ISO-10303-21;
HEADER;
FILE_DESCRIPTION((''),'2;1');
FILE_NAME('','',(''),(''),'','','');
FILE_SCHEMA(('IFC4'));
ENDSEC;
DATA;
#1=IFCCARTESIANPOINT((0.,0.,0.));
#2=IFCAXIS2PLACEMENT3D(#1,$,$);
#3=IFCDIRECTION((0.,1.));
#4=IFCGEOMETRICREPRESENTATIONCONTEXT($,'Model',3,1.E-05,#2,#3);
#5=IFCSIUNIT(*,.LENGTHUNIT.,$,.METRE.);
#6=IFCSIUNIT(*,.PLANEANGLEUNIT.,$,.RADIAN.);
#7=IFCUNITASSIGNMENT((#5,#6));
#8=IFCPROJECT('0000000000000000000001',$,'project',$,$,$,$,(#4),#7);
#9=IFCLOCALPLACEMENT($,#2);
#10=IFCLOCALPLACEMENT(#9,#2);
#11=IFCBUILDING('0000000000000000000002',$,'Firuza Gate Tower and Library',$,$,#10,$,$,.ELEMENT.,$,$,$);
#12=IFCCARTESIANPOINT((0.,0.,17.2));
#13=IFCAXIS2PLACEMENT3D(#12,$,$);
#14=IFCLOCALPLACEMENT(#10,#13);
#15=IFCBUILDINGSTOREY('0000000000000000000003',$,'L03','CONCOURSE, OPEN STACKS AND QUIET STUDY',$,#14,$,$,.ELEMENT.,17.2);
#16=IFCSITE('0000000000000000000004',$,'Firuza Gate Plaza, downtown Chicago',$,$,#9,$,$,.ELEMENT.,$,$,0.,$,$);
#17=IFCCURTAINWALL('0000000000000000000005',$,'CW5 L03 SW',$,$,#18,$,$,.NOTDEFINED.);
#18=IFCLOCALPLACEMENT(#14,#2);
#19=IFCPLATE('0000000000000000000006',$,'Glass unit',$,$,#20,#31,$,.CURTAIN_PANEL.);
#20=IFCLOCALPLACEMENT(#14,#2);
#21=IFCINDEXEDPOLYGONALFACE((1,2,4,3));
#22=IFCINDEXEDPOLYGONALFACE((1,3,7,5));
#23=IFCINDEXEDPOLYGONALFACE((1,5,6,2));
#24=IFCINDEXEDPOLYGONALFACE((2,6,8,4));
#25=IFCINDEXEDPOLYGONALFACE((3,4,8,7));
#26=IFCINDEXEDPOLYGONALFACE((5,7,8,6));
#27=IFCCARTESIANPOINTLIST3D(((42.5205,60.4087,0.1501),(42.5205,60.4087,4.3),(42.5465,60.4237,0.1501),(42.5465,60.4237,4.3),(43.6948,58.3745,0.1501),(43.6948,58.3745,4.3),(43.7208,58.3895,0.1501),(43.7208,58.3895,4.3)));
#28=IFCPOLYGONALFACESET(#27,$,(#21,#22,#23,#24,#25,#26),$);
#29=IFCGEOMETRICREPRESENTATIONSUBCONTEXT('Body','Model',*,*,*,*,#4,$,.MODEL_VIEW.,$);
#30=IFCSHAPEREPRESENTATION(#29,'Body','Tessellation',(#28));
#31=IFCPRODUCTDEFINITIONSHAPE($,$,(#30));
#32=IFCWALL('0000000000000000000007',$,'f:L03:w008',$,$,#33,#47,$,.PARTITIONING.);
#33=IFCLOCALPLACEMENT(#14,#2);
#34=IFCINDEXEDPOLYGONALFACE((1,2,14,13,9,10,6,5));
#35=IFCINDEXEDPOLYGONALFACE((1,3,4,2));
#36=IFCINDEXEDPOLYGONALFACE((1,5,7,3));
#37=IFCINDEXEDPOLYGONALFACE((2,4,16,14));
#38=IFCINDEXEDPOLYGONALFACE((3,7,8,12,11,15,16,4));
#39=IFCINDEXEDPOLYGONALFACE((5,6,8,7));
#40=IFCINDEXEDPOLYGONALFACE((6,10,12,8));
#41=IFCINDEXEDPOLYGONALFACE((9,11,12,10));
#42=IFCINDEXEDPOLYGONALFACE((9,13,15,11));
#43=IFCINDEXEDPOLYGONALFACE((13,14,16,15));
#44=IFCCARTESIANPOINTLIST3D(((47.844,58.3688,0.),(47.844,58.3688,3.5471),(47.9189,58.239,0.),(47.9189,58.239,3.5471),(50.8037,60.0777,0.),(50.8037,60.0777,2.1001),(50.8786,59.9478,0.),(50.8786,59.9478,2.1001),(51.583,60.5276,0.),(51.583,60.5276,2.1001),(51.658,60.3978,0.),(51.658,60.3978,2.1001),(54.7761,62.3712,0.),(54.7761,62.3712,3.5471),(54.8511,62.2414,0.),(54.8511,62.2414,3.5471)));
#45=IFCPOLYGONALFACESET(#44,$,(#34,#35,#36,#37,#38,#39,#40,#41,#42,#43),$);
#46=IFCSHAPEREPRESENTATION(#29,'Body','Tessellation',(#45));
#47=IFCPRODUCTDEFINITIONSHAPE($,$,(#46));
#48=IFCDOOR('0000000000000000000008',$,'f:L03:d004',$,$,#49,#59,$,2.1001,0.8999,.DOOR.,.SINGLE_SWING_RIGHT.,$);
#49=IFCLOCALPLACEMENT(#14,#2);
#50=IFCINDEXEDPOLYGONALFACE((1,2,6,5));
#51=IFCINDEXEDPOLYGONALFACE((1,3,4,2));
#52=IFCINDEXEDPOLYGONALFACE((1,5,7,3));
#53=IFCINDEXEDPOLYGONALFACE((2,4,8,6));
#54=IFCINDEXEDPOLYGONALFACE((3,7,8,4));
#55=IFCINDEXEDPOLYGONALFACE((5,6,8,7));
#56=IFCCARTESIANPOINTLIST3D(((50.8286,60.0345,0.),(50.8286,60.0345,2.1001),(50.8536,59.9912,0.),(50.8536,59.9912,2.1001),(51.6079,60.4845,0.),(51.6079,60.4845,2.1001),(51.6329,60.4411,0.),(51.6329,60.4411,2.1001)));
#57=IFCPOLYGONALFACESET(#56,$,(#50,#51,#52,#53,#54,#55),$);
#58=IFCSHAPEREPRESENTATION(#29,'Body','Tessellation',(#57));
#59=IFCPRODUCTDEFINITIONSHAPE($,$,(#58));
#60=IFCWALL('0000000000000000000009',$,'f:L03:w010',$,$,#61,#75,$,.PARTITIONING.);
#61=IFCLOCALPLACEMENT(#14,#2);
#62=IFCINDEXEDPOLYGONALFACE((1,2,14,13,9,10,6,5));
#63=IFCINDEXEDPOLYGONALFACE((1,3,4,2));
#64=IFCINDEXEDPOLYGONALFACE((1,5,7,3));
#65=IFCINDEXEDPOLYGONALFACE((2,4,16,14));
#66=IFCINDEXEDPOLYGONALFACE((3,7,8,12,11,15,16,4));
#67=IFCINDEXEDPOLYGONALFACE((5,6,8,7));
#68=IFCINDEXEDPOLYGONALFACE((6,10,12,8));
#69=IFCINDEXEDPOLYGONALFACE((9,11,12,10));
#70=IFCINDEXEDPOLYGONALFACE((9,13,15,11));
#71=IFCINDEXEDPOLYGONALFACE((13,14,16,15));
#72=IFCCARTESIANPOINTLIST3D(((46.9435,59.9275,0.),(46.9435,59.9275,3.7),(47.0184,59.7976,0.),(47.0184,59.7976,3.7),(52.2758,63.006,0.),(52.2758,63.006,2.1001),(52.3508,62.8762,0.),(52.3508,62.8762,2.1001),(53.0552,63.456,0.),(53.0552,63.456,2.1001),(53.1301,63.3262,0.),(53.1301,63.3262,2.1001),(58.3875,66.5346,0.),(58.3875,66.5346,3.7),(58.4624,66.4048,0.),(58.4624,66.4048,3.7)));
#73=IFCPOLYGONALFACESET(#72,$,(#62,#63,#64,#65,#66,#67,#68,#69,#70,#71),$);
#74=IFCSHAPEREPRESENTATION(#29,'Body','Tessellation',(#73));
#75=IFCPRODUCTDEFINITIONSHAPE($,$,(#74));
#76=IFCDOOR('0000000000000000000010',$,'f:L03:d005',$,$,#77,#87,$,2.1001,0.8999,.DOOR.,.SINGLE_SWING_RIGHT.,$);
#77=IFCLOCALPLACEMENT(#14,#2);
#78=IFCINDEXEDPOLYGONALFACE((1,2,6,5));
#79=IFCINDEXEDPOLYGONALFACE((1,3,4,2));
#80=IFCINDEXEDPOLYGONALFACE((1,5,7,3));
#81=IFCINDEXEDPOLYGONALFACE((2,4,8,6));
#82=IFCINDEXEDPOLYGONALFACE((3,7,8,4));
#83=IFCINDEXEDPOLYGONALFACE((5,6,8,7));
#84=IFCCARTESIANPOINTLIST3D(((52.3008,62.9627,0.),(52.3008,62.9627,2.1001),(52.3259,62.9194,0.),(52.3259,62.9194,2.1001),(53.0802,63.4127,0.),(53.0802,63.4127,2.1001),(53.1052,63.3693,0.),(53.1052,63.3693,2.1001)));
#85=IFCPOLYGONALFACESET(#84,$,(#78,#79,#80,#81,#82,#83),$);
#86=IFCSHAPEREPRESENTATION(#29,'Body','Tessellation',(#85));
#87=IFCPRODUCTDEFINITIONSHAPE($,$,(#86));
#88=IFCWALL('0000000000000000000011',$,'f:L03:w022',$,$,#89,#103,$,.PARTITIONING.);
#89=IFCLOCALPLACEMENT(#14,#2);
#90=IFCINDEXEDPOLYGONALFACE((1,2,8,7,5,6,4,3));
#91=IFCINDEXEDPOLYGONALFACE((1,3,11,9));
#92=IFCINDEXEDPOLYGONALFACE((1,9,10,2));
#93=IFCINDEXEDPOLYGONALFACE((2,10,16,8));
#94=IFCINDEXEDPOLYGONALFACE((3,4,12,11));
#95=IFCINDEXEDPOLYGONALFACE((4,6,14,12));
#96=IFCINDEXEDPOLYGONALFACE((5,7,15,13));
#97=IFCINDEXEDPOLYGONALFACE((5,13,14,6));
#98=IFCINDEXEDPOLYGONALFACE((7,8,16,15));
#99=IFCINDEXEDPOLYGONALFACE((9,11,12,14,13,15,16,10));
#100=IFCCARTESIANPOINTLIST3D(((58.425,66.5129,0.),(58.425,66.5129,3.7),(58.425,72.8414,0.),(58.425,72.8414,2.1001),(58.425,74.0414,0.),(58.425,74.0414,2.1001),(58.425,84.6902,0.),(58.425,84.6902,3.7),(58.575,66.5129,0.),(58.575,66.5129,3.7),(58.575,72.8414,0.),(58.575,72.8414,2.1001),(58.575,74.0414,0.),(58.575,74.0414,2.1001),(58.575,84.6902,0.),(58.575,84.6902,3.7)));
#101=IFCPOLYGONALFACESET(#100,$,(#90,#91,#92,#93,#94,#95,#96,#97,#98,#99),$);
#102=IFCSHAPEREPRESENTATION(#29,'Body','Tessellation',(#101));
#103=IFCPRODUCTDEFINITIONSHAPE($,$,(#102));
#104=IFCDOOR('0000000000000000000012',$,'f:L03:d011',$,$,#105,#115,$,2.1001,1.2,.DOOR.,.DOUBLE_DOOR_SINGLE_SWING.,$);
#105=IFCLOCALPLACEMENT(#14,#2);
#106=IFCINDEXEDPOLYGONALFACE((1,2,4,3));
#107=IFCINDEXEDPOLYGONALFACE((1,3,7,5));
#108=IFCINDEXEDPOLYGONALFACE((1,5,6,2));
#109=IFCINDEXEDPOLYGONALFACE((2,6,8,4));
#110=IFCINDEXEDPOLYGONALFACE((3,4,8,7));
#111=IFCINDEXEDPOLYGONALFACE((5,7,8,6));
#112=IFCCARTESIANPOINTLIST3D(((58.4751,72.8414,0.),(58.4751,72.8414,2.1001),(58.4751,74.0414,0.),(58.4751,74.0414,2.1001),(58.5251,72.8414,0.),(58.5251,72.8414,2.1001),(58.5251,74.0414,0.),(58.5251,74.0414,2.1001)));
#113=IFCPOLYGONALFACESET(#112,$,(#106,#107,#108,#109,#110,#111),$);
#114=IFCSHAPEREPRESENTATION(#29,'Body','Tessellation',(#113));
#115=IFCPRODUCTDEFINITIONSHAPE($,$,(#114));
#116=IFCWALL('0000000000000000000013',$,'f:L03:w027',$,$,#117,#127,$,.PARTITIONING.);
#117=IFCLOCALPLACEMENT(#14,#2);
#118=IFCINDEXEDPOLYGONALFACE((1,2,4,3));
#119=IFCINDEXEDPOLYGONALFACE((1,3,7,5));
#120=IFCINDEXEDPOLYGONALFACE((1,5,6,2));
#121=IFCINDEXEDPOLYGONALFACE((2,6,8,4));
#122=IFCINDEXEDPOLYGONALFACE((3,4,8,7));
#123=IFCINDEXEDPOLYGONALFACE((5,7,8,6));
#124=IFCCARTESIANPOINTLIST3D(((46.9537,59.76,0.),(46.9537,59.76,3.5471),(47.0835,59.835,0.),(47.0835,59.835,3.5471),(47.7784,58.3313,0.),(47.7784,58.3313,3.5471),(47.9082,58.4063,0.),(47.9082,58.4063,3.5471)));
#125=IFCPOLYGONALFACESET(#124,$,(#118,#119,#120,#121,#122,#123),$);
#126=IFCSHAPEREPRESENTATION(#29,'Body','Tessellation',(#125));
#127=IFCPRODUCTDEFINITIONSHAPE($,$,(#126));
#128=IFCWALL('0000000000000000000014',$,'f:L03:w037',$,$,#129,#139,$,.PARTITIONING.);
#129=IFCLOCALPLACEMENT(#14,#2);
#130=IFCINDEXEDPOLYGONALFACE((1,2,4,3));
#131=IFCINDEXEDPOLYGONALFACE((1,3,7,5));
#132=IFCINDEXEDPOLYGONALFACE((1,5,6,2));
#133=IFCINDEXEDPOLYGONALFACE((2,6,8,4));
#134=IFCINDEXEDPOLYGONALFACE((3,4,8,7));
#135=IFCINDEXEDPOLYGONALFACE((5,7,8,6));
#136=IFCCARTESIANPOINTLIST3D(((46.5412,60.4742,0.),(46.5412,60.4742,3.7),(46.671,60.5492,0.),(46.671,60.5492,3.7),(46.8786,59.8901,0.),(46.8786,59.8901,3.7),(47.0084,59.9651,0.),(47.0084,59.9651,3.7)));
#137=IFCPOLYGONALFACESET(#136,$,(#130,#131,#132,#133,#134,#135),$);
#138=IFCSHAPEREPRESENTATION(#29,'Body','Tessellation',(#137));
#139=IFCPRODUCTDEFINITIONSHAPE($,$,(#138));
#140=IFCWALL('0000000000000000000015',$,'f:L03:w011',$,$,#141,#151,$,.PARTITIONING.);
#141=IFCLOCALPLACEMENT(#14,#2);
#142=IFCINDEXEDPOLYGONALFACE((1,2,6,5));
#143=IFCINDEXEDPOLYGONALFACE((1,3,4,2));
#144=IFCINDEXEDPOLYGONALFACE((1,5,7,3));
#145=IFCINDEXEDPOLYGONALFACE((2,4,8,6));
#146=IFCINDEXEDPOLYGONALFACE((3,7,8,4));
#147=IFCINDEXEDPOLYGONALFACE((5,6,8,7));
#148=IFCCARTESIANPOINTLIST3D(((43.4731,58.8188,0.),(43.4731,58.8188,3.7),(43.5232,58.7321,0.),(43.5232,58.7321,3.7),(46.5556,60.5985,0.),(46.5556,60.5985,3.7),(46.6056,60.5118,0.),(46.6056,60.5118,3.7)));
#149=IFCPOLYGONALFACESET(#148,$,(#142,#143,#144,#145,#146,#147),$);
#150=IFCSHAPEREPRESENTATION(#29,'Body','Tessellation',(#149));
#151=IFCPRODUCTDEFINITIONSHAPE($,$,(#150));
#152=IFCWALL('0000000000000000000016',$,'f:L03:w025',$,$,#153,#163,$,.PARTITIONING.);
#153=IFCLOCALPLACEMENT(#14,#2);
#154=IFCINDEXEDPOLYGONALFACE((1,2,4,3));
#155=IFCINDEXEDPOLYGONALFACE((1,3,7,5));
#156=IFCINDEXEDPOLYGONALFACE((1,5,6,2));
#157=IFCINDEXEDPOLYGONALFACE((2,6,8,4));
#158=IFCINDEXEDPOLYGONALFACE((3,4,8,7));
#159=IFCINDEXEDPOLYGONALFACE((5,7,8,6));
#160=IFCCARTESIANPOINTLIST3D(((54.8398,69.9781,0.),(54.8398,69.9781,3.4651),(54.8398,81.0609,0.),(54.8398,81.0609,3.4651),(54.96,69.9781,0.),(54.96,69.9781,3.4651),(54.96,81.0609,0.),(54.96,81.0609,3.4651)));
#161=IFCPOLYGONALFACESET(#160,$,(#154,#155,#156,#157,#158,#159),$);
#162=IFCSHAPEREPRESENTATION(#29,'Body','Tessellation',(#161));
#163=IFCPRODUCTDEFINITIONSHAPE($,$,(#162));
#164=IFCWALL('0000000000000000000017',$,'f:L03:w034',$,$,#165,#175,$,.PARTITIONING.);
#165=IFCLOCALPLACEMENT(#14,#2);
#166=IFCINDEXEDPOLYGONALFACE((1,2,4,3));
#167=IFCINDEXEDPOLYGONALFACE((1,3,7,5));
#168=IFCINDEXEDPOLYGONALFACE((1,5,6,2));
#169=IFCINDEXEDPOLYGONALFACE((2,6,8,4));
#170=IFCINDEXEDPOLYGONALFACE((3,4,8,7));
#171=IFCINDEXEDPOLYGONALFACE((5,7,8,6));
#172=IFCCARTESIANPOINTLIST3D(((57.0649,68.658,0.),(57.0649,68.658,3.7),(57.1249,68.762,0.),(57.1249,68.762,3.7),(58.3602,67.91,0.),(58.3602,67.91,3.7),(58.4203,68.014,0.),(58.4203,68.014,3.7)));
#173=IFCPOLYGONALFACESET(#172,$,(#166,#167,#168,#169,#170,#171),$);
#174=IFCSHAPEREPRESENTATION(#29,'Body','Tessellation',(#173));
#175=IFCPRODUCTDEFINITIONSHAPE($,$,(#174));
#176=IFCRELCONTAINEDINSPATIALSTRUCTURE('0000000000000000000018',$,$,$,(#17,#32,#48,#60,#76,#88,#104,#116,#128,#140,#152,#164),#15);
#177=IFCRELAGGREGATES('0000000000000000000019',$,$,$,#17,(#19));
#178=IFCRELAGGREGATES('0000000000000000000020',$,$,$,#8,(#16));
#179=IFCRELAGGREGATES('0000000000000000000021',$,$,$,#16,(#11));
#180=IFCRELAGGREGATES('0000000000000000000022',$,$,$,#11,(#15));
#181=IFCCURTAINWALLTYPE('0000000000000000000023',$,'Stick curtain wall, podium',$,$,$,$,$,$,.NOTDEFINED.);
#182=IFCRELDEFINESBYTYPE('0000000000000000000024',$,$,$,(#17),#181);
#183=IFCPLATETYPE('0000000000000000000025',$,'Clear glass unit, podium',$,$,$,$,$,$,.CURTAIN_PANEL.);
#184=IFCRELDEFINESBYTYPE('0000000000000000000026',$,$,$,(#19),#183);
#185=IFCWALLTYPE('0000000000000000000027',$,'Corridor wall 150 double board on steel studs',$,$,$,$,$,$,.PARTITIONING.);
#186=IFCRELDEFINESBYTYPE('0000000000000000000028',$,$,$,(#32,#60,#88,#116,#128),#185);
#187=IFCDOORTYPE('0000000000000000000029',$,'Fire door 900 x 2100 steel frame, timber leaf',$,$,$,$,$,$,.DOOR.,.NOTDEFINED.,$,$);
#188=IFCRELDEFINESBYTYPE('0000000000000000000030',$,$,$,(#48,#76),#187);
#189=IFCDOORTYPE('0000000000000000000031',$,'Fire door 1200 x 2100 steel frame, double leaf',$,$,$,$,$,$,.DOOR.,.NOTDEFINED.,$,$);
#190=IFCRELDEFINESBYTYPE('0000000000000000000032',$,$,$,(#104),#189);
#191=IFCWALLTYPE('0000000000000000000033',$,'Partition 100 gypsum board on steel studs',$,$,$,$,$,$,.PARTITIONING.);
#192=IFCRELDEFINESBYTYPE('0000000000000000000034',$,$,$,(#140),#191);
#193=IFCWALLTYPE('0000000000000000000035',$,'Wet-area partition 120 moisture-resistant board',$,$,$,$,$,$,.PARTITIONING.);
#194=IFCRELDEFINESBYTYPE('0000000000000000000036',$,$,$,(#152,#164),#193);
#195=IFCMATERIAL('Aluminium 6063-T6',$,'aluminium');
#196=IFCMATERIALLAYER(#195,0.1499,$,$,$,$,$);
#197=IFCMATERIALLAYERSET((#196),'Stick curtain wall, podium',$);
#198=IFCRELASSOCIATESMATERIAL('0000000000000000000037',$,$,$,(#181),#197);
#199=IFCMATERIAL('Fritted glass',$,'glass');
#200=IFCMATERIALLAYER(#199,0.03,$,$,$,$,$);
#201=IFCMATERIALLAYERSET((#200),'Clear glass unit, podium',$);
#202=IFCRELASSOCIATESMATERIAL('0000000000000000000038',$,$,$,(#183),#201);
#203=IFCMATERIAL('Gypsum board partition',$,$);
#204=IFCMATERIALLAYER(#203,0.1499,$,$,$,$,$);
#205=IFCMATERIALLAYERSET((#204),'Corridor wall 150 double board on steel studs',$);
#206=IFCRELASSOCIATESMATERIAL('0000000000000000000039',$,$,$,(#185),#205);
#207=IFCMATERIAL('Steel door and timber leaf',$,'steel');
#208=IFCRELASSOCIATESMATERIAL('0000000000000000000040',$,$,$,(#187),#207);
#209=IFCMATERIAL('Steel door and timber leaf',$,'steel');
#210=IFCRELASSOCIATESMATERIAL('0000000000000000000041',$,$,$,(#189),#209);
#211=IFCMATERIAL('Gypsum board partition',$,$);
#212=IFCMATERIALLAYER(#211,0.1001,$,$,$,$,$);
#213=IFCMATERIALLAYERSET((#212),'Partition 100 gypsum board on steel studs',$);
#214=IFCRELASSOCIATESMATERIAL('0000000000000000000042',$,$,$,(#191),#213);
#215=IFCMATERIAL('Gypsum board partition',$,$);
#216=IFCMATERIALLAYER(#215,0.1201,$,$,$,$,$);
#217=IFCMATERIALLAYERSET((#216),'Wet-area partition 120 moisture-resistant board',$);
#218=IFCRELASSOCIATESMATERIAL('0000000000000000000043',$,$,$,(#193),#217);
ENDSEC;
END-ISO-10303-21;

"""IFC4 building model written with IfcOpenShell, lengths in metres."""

from ifc_helpers import new_model, si_unit, direction, frame, frame_2d, origin, place, context, subcontext, project, spatial, polyline, rectangle, outline, extrude, material, layer, layer_set, type_object, element, fill, aggregate, save


model = new_model("IFC4")

# Units and contexts
model_context = context("Model", 3, precision=1e-05, world=origin(), true_north=direction((0.0, 1.0)))
body_context = subcontext(model_context, "Body", "Model", "MODEL_VIEW")
ifc_project = project(units=[si_unit("LENGTHUNIT", "METRE"), si_unit("PLANEANGLEUNIT", "RADIAN")], contexts=[model_context])

# Site, building, storey
site_placement = place(None, origin())
site = spatial("IfcSite", under=ifc_project, at=site_placement, Name="Firuza Gate Plaza, downtown Chicago", CompositionType="ELEMENT", RefElevation=0.0)
building_placement = place(site_placement, origin())
building = spatial("IfcBuilding", under=site, at=building_placement, Name="Firuza Gate Tower and Library", CompositionType="ELEMENT")
storey_placement = place(building_placement, frame((0.0, 0.0, 17.2)))
storey = spatial("IfcBuildingStorey", under=building, at=storey_placement, Name="L03", Description="CONCOURSE, OPEN STACKS AND QUIET STUDY", CompositionType="ELEMENT", Elevation=17.2)

# Shared definitions
placement = place(storey_placement, origin())
ifc_material_1 = material(Name="Aluminium 6063-T6", Category="aluminium")
ifc_layer_1 = layer(ifc_material_1, 0.1499)
ifc_layer_set_1 = layer_set([ifc_layer_1], Name="Stick curtain wall, podium")
curtain_wall_type_1 = type_object("IfcCurtainWallType", Name="Stick curtain wall, podium", PredefinedType="NOTDEFINED", material=ifc_layer_set_1)

# Curtain wall
curtain_wall_1 = element("IfcCurtainWall", 1, at=placement, inside=storey, type_object=curtain_wall_type_1, Name="CW5 L03 SW", PredefinedType="NOTDEFINED")

# Plate
ifc_material_2 = material(Name="Fritted glass", Category="glass")
ifc_layer_2 = layer(ifc_material_2, 0.03)
ifc_layer_set_2 = layer_set([ifc_layer_2], Name="Clear glass unit, podium")
plate_type = type_object("IfcPlateType", Name="Clear glass unit, podium", PredefinedType="CURTAIN_PANEL", material=ifc_layer_set_2)
plate_1_placement = place(storey_placement, frame((42.5205, 60.4087, 0.1501), z_axis=(-0.866047, -0.499962, 0.0), x_axis=(0.499962, -0.866047, 0.0)))
plate_1 = element("IfcPlate", 2, at=plate_1_placement, type_object=plate_type, Name="Glass unit", PredefinedType="CURTAIN_PANEL", context=body_context, shape_type="SweptSolid", body=[
    extrude(outline(polyline([(0.0, 0.0), (2.3488, 0.0), (2.3488, 4.1499), (0.0, 4.1499), (0.0, 0.0)])), origin(), (0.0, 0.0, -1.0), 0.03),
])
aggregate(curtain_wall_1, [plate_1])

# Walls, openings, doors
ifc_material_3 = material(Name="Gypsum board partition")
ifc_layer_3 = layer(ifc_material_3, 0.1499)
ifc_layer_set_3 = layer_set([ifc_layer_3], Name="Corridor wall 150 double board on steel studs")
wall_type_1 = type_object("IfcWallType", Name="Corridor wall 150 double board on steel studs", PredefinedType="PARTITIONING", material=ifc_layer_set_3)
wall_1_placement = place(storey_placement, frame((54.8137, 62.3064, 0.0), z_axis=(0.0, 0.0, 1.0), x_axis=(-0.866016, -0.500016, 0.0)))
wall_1 = element("IfcWall", 3, at=wall_1_placement, inside=storey, type_object=wall_type_1, Name="f:L03:w008", PredefinedType="PARTITIONING", context=body_context, shape_type="SweptSolid", body=[
    extrude(rectangle(XDim=8.0046, YDim=0.1499, at=frame_2d((4.0024, 0.0))), origin(), (0.0, 0.0, 1.0), 3.5471),
])
opening_1_placement = place(wall_1_placement, frame((3.6873, 0.0, 0.0)))
opening_1 = element("IfcOpeningElement", 4, at=opening_1_placement, cuts=wall_1, PredefinedType="OPENING", context=body_context, shape_type="SweptSolid", body=[
    extrude(rectangle(XDim=0.8999, YDim=2.1001, at=frame_2d((0.45, 1.05))), frame((0.0, 0.085, 0.0), z_axis=(0.0, -1.0, 0.0), x_axis=(1.0, 0.0, 0.0)), (0.0, 0.0, 1.0), 0.1699),
])
ifc_material_4 = material(Name="Steel door and timber leaf", Category="steel")
door_type_1 = type_object("IfcDoorType", Name="Fire door 900 x 2100 steel frame, timber leaf", OperationType="NOTDEFINED", PredefinedType="DOOR", material=ifc_material_4)
door_1_placement = place(opening_1_placement, origin())
door_1 = element("IfcDoor", 5, at=door_1_placement, inside=storey, type_object=door_type_1, Name="f:L03:d004", OperationType="SINGLE_SWING_RIGHT", OverallHeight=2.1001, OverallWidth=0.8999, PredefinedType="DOOR", context=body_context, shape_type="SweptSolid", body=[
    extrude(rectangle(XDim=0.8999, YDim=2.1001, at=frame_2d((0.45, 1.05))), frame((0.0, 0.0249, 0.0), z_axis=(0.0, -1.0, 0.0), x_axis=(1.0, 0.0, 0.0)), (0.0, 0.0, 1.0), 0.05),
])
fill(opening_1, door_1)
wall_2_placement = place(storey_placement, frame((46.981, 59.8625, 0.0), z_axis=(0.0, 0.0, 1.0), x_axis=(0.866028, 0.499996, 0.0)))
wall_2 = element("IfcWall", 6, at=wall_2_placement, inside=storey, type_object=wall_type_1, Name="f:L03:w010", PredefinedType="PARTITIONING", context=body_context, shape_type="SweptSolid", body=[
    extrude(rectangle(XDim=13.2144, YDim=0.1499, at=frame_2d((6.6072, 0.0))), origin(), (0.0, 0.0, 1.0), 3.7),
])
opening_2_placement = place(wall_2_placement, frame((6.1572, 0.0, 0.0)))
opening_2 = element("IfcOpeningElement", 7, at=opening_2_placement, cuts=wall_2, PredefinedType="OPENING", context=body_context, shape_type="SweptSolid", body=[
    extrude(rectangle(XDim=0.8999, YDim=2.1001, at=frame_2d((0.45, 1.05))), frame((0.0, 0.085, 0.0), z_axis=(0.0, -1.0, 0.0), x_axis=(1.0, 0.0, 0.0)), (0.0, 0.0, 1.0), 0.1699),
])
door_2_placement = place(opening_2_placement, origin())
door_2 = element("IfcDoor", 8, at=door_2_placement, inside=storey, type_object=door_type_1, Name="f:L03:d005", OperationType="SINGLE_SWING_RIGHT", OverallHeight=2.1001, OverallWidth=0.8999, PredefinedType="DOOR", context=body_context, shape_type="SweptSolid", body=[
    extrude(rectangle(XDim=0.8999, YDim=2.1001, at=frame_2d((0.45, 1.05))), frame((0.0, 0.0249, 0.0), z_axis=(0.0, -1.0, 0.0), x_axis=(1.0, 0.0, 0.0)), (0.0, 0.0, 1.0), 0.05),
])
fill(opening_2, door_2)
wall_3_placement = place(storey_placement, frame((58.5, 66.5129, 0.0), z_axis=(0.0, 0.0, 1.0), x_axis=(0.0, 1.0, 0.0)))
wall_3 = element("IfcWall", 9, at=wall_3_placement, inside=storey, type_object=wall_type_1, Name="f:L03:w022", PredefinedType="PARTITIONING", context=body_context, shape_type="SweptSolid", body=[
    extrude(rectangle(XDim=18.1772, YDim=0.1499, at=frame_2d((9.0886, 0.0))), origin(), (0.0, 0.0, 1.0), 3.7),
])
opening_3_placement = place(wall_3_placement, frame((6.3284, 0.0, 0.0)))
opening_3 = element("IfcOpeningElement", 10, at=opening_3_placement, cuts=wall_3, PredefinedType="OPENING", context=body_context, shape_type="SweptSolid", body=[
    extrude(rectangle(XDim=1.2, YDim=2.1001, at=frame_2d((0.6001, 1.05))), frame((0.0, 0.085, 0.0), z_axis=(0.0, -1.0, 0.0), x_axis=(1.0, 0.0, 0.0)), (0.0, 0.0, 1.0), 0.1699),
])
ifc_material_5 = material(Name="Steel door and timber leaf", Category="steel")
door_type_2 = type_object("IfcDoorType", Name="Fire door 1200 x 2100 steel frame, double leaf", OperationType="NOTDEFINED", PredefinedType="DOOR", material=ifc_material_5)
door_3_placement = place(opening_3_placement, origin())
door_3 = element("IfcDoor", 11, at=door_3_placement, inside=storey, type_object=door_type_2, Name="f:L03:d011", OperationType="DOUBLE_DOOR_SINGLE_SWING", OverallHeight=2.1001, OverallWidth=1.2, PredefinedType="DOOR", context=body_context, shape_type="SweptSolid", body=[
    extrude(rectangle(XDim=1.2, YDim=2.1001, at=frame_2d((0.6001, 1.05))), frame((0.0, 0.0249, 0.0), z_axis=(0.0, -1.0, 0.0), x_axis=(1.0, 0.0, 0.0)), (0.0, 0.0, 1.0), 0.05),
])
fill(opening_3, door_3)

# Walls
wall_4_placement = place(storey_placement, frame((47.8433, 58.3689, 0.0), z_axis=(0.0, 0.0, 1.0), x_axis=(-0.499927, 0.866067, 0.0)))
element("IfcWall", 12, at=wall_4_placement, inside=storey, type_object=wall_type_1, Name="f:L03:w027", PredefinedType="PARTITIONING", context=body_context, shape_type="SweptSolid", body=[
    extrude(rectangle(XDim=1.6497, YDim=0.1499, at=frame_2d((0.8247, 0.0))), origin(), (0.0, 0.0, 1.0), 3.5471),
])
wall_5_placement = place(storey_placement, frame((46.9436, 59.9275, 0.0), z_axis=(0.0, 0.0, 1.0), x_axis=(-0.500266, 0.865872, 0.0)))
element("IfcWall", 13, at=wall_5_placement, inside=storey, type_object=wall_type_1, Name="f:L03:w037", PredefinedType="PARTITIONING", context=body_context, shape_type="SweptSolid", body=[
    extrude(rectangle(XDim=0.6746, YDim=0.1499, at=frame_2d((0.3374, 0.0))), origin(), (0.0, 0.0, 1.0), 3.7),
])
ifc_material_6 = material(Name="Gypsum board partition")
ifc_layer_4 = layer(ifc_material_6, 0.1001)
ifc_layer_set_4 = layer_set([ifc_layer_4], Name="Partition 100 gypsum board on steel studs")
wall_type_2 = type_object("IfcWallType", Name="Partition 100 gypsum board on steel studs", PredefinedType="PARTITIONING", material=ifc_layer_set_4)
wall_6_placement = place(storey_placement, frame((43.498, 58.7754, 0.0), z_axis=(0.0, 0.0, 1.0), x_axis=(0.866014, 0.500019, 0.0)))
element("IfcWall", 14, at=wall_6_placement, inside=storey, type_object=wall_type_2, Name="f:L03:w011", PredefinedType="PARTITIONING", context=body_context, shape_type="SweptSolid", body=[
    extrude(rectangle(XDim=3.5593, YDim=0.1001, at=frame_2d((1.7798, 0.0))), origin(), (0.0, 0.0, 1.0), 3.7),
])
ifc_material_7 = material(Name="Gypsum board partition")
ifc_layer_5 = layer(ifc_material_7, 0.1201)
ifc_layer_set_5 = layer_set([ifc_layer_5], Name="Wet-area partition 120 moisture-resistant board")
wall_type_3 = type_object("IfcWallType", Name="Wet-area partition 120 moisture-resistant board", PredefinedType="PARTITIONING", material=ifc_layer_set_5)
wall_7_placement = place(storey_placement, frame((54.8999, 69.978, 0.0), z_axis=(0.0, 0.0, 1.0), x_axis=(0.0, 1.0, 0.0)))
element("IfcWall", 15, at=wall_7_placement, inside=storey, type_object=wall_type_3, Name="f:L03:w025", PredefinedType="PARTITIONING", context=body_context, shape_type="SweptSolid", body=[
    extrude(rectangle(XDim=11.0828, YDim=0.1201, at=frame_2d((5.5415, 0.0))), origin(), (0.0, 0.0, 1.0), 3.4651),
])
wall_8_placement = place(storey_placement, frame((58.3904, 67.9619, 0.0), z_axis=(0.0, 0.0, 1.0), x_axis=(-0.865984, 0.500071, 0.0)))
element("IfcWall", 16, at=wall_8_placement, inside=storey, type_object=wall_type_3, Name="f:L03:w034", PredefinedType="PARTITIONING", context=body_context, shape_type="SweptSolid", body=[
    extrude(rectangle(XDim=1.4958, YDim=0.1201, at=frame_2d((0.748, 0.0))), origin(), (0.0, 0.0, 1.0), 3.7),
])

save(model, "model.ifc")
